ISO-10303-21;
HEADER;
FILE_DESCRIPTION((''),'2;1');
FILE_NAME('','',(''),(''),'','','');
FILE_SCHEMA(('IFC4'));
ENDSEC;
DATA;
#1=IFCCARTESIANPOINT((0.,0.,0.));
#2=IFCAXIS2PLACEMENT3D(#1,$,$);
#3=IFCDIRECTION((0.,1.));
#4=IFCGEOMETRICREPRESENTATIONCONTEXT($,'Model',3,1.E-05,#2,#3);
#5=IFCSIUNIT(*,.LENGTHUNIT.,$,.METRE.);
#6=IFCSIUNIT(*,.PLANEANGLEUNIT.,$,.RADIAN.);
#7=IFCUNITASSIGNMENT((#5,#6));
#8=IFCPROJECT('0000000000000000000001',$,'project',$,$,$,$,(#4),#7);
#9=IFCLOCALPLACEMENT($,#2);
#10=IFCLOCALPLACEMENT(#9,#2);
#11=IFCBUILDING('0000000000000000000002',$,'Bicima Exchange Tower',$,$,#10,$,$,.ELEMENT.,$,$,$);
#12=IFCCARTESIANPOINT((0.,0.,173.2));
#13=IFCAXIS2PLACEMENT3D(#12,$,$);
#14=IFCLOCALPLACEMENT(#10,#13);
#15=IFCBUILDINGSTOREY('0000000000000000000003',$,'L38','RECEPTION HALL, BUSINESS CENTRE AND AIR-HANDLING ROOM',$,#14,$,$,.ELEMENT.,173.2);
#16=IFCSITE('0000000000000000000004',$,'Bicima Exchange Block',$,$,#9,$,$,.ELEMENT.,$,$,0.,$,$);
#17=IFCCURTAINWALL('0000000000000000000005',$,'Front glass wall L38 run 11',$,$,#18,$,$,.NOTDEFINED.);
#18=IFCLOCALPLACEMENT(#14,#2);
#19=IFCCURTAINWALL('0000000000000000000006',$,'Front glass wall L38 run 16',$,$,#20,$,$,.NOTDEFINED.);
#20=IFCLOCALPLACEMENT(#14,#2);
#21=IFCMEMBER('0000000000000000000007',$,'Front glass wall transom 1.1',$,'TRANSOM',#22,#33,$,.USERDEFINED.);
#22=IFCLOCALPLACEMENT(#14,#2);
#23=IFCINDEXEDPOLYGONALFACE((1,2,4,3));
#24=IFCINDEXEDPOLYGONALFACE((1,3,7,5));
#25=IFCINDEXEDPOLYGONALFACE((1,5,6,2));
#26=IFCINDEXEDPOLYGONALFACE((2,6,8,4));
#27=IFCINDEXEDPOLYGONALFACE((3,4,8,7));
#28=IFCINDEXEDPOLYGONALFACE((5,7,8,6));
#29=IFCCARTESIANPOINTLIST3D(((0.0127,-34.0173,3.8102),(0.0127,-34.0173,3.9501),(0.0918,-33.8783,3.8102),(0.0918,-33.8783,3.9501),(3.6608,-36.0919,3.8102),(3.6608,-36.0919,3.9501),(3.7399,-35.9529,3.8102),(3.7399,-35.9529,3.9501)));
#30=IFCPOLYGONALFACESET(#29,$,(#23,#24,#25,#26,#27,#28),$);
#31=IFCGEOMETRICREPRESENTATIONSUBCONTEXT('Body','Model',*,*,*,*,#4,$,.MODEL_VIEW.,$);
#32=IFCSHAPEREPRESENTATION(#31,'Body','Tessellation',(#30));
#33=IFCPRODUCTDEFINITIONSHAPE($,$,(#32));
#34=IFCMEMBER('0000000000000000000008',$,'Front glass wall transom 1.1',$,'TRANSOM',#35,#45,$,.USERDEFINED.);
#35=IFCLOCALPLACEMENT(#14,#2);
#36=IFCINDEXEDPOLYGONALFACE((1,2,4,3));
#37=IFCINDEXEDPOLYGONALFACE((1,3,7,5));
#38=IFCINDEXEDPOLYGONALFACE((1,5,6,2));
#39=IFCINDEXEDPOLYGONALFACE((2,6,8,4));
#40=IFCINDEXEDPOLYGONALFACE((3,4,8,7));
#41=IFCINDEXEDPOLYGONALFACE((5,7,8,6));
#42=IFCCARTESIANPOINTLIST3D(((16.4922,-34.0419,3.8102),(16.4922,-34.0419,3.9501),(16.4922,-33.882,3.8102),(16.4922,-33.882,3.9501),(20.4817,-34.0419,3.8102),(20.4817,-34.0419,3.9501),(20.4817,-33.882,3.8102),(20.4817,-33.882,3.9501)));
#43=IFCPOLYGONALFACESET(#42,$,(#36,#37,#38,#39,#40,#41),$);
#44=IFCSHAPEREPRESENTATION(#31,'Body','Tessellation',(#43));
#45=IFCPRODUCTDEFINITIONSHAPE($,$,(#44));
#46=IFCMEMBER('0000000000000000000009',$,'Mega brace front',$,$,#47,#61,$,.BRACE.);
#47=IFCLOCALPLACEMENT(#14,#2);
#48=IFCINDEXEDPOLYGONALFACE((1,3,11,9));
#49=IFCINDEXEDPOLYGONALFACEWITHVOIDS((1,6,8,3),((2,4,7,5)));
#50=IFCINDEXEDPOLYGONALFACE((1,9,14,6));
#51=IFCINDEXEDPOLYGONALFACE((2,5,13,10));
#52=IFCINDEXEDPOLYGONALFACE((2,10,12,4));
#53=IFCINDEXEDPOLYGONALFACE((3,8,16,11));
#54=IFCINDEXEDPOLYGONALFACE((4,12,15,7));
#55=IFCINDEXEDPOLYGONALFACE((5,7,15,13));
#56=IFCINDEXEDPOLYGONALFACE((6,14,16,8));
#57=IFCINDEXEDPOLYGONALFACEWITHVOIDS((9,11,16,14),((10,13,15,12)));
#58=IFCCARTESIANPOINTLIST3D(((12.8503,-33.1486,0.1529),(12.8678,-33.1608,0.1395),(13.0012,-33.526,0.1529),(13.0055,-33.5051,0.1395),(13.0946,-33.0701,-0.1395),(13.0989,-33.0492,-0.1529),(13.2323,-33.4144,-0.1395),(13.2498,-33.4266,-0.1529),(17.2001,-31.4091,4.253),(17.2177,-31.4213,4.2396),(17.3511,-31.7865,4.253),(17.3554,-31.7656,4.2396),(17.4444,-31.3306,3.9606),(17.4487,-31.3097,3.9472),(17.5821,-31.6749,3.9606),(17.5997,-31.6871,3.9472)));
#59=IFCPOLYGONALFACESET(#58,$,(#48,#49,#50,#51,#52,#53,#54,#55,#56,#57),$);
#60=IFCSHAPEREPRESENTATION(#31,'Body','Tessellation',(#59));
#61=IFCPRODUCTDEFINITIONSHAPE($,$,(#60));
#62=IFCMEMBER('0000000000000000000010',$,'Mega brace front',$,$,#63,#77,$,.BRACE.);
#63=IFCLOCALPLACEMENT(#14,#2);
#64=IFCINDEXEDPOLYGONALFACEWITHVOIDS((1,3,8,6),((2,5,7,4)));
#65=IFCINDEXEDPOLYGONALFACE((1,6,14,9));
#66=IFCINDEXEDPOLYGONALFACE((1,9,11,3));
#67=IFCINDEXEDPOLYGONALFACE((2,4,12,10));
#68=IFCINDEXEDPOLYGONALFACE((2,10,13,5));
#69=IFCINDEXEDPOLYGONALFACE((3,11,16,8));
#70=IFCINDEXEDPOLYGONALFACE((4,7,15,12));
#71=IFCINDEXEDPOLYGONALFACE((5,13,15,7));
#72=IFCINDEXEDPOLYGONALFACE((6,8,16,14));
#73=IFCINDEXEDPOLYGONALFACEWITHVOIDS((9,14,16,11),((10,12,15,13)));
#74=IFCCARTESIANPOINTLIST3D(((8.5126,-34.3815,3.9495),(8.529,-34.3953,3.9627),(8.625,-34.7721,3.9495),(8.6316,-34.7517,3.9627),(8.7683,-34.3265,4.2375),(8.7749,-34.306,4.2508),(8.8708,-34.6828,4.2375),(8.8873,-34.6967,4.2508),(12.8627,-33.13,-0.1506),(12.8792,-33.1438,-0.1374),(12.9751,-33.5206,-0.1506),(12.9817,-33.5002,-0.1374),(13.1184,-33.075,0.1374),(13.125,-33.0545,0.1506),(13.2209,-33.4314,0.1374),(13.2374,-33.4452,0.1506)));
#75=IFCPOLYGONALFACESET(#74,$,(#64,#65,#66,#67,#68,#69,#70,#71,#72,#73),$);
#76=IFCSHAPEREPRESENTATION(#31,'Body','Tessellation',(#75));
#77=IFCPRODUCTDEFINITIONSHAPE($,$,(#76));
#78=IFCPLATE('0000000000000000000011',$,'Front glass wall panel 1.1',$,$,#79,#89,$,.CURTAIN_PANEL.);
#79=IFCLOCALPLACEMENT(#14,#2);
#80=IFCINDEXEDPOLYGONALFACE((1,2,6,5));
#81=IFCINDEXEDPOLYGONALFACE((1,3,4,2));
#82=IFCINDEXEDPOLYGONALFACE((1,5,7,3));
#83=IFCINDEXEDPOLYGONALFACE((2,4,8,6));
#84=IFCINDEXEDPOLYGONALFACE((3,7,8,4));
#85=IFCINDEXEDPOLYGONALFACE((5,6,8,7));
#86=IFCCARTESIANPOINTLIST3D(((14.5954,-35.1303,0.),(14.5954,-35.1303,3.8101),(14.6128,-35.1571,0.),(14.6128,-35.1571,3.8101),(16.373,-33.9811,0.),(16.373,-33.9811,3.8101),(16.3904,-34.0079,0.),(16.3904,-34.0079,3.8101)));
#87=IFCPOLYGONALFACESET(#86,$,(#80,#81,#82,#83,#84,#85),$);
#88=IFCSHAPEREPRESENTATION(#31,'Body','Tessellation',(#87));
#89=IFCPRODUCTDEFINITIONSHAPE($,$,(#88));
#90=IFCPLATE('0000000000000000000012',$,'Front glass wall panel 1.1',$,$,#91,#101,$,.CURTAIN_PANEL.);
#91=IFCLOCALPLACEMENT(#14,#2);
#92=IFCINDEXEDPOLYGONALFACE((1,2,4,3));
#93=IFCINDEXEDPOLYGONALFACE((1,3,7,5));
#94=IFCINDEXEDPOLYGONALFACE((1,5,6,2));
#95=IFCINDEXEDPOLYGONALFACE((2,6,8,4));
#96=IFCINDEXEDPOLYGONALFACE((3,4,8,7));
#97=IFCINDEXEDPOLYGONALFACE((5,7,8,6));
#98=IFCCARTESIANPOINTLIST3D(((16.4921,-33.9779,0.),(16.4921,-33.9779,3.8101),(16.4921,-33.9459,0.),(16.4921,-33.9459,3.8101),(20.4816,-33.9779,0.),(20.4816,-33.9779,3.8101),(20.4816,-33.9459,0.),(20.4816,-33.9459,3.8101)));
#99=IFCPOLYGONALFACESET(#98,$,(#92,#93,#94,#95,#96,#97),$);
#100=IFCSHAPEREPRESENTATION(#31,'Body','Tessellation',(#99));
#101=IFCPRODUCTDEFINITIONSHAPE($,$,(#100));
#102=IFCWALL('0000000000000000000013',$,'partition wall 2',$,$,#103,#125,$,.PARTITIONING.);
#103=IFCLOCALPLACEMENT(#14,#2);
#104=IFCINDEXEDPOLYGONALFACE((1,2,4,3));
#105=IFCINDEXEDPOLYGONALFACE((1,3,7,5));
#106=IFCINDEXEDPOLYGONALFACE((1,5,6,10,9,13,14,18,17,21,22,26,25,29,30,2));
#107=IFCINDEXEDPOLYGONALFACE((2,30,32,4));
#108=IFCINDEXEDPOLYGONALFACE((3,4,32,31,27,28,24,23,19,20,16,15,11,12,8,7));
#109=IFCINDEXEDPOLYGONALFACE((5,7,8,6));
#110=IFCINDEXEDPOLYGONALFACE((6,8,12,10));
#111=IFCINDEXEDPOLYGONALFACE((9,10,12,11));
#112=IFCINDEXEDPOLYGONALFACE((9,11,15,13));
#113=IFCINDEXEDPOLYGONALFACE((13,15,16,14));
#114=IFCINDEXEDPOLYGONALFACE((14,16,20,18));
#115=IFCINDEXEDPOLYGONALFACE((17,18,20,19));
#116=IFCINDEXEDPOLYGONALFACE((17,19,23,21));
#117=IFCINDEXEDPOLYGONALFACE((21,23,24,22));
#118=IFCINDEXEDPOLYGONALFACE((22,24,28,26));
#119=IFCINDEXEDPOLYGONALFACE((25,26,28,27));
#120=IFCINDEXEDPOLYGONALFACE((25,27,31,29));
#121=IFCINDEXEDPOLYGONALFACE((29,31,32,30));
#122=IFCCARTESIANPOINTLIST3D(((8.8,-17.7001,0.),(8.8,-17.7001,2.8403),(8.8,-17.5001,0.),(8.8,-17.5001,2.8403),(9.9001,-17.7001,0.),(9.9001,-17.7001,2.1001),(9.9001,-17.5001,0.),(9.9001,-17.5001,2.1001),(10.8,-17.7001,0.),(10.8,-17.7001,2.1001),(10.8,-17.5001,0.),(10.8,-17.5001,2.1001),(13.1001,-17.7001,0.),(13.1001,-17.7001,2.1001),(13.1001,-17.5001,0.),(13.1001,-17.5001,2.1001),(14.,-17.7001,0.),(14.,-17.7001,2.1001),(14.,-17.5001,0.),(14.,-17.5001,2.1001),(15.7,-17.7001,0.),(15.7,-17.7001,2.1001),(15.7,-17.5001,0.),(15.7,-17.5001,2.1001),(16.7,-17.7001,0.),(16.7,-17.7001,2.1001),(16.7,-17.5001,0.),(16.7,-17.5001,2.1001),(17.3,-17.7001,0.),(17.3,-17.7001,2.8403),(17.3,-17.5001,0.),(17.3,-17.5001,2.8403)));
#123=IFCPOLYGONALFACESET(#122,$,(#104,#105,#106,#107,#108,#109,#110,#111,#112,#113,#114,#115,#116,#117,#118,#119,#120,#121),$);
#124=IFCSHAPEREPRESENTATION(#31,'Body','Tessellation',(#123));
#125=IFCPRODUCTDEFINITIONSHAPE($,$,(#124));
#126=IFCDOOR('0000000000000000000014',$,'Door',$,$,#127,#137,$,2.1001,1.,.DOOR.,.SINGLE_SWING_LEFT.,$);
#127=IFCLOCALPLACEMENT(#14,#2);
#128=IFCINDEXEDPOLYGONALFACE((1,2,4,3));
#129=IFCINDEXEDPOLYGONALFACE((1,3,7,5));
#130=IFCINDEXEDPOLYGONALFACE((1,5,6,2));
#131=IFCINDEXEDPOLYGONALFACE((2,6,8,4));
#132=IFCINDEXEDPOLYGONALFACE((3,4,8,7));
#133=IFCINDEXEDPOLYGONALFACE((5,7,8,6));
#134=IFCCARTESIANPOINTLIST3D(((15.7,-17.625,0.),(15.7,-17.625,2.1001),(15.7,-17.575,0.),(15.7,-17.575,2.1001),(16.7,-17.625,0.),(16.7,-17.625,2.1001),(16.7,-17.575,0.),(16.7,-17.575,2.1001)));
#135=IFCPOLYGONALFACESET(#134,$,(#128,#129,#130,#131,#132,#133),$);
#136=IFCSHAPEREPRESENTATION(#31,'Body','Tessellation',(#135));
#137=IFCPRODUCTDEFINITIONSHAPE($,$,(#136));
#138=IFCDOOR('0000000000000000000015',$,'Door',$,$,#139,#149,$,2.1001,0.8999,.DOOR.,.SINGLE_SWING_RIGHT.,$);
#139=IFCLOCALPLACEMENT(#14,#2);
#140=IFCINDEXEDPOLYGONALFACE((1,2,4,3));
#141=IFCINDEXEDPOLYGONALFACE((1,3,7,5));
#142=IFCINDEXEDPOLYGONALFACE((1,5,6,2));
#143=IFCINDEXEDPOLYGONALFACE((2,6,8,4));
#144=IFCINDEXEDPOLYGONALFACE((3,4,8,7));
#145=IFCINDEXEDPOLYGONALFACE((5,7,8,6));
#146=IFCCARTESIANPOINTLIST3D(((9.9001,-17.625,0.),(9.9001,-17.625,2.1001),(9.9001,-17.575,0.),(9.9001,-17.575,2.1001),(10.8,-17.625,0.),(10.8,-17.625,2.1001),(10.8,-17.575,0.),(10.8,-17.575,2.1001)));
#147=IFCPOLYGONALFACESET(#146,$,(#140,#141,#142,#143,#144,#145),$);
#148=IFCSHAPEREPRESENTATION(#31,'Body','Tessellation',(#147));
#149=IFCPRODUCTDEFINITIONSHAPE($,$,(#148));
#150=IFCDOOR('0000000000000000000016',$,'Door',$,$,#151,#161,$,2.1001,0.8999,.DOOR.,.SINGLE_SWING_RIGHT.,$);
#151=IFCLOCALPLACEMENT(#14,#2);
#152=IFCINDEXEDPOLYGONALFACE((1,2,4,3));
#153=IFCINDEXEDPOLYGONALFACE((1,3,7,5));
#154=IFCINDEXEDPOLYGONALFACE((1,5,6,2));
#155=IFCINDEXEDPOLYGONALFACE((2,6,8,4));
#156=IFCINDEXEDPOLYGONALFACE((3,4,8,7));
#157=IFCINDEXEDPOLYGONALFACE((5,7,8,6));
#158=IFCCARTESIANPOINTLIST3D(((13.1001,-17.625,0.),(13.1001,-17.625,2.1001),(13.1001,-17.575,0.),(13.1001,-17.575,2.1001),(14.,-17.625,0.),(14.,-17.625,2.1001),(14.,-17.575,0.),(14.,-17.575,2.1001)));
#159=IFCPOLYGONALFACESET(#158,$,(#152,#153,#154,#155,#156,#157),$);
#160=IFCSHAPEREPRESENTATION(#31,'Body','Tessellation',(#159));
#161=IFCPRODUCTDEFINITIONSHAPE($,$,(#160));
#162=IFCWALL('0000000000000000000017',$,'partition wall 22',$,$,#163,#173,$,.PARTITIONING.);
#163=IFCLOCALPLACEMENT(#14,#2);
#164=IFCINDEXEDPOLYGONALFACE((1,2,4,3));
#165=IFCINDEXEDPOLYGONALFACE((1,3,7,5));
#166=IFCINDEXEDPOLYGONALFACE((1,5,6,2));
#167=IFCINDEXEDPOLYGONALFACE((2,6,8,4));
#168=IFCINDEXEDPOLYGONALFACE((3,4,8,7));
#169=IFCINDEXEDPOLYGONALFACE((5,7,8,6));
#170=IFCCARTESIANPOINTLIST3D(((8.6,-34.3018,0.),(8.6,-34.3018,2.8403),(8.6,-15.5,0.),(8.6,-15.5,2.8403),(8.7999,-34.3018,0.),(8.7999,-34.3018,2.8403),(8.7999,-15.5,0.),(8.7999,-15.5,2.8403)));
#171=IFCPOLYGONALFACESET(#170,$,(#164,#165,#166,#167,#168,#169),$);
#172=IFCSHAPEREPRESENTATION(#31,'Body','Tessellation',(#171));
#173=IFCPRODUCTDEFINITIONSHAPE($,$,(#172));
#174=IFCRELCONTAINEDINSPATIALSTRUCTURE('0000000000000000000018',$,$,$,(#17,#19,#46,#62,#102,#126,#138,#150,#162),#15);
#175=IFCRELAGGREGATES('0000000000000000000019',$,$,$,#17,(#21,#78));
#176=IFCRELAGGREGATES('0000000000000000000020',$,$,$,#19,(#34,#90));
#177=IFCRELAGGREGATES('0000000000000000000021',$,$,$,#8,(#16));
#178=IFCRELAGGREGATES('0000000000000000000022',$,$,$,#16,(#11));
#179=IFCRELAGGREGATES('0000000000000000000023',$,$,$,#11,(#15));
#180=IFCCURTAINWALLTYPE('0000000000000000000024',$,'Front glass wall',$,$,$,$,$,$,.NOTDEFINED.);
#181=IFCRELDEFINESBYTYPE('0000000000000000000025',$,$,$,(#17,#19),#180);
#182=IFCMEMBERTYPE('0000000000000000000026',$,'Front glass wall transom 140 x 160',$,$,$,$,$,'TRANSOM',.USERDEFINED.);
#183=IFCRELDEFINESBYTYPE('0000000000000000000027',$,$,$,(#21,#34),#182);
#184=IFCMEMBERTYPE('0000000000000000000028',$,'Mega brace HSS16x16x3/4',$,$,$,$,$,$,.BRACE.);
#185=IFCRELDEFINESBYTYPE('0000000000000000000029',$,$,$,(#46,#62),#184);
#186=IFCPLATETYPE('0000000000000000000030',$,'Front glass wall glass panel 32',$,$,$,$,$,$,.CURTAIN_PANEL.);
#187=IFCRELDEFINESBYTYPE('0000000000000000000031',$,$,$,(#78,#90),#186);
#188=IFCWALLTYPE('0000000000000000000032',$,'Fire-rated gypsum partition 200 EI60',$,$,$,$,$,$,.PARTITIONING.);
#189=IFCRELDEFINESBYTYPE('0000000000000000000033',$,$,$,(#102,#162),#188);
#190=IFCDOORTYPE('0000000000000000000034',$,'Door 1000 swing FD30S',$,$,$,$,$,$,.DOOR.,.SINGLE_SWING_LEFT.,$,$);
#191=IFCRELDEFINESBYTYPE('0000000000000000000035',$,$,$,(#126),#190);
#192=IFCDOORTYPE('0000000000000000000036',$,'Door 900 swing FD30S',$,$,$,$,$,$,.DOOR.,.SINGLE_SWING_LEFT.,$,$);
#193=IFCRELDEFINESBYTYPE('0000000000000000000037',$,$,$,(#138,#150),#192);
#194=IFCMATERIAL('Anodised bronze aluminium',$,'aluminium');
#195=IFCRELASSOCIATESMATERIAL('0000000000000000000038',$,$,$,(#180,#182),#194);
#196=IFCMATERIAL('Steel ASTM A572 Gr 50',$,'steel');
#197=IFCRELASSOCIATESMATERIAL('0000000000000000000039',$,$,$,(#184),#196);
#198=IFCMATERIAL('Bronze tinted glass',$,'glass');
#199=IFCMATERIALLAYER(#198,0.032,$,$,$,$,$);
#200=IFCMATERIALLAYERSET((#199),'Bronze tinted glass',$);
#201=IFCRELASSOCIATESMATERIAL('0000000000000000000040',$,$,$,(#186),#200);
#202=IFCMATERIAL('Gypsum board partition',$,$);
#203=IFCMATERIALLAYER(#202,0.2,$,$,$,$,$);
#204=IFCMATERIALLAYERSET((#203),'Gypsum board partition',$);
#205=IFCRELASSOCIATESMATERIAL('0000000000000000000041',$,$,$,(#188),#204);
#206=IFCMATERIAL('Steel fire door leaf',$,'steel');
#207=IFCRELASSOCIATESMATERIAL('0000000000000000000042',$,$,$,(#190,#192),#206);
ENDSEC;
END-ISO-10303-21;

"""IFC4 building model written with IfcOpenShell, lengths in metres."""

from ifc_helpers import new_model, si_unit, direction, frame, frame_2d, origin, origin_2d, place, context, subcontext, project, spatial, rectangle, hollow_rectangle, extrude, material, layer, layer_set, material_profile, profile_set, type_object, element, fill, aggregate, save


model = new_model("IFC4")

# Units and contexts
model_context = context("Model", 3, precision=1e-05, world=origin(), true_north=direction((0.0, 1.0)))
body_context = subcontext(model_context, "Body", "Model", "MODEL_VIEW")
ifc_project = project(units=[si_unit("LENGTHUNIT", "METRE"), si_unit("PLANEANGLEUNIT", "RADIAN")], contexts=[model_context])

# Site, building, storey
site_placement = place(None, origin())
site = spatial("IfcSite", under=ifc_project, at=site_placement, Name="Bicima Exchange Block", CompositionType="ELEMENT", RefElevation=0.0)
building_placement = place(site_placement, origin())
building = spatial("IfcBuilding", under=site, at=building_placement, Name="Bicima Exchange Tower", CompositionType="ELEMENT")
storey_placement = place(building_placement, frame((0.0, 0.0, 173.2)))
storey = spatial("IfcBuildingStorey", under=building, at=storey_placement, Name="L38", Description="RECEPTION HALL, BUSINESS CENTRE AND AIR-HANDLING ROOM", CompositionType="ELEMENT", Elevation=173.2)

# Curtain wall
ifc_material_1 = material(Name="Anodised bronze aluminium", Category="aluminium")
curtain_wall_type = type_object("IfcCurtainWallType", Name="Front glass wall", PredefinedType="NOTDEFINED", material=ifc_material_1)
curtain_wall_1_placement = place(storey_placement, origin())
curtain_wall_1 = element("IfcCurtainWall", 1, at=curtain_wall_1_placement, inside=storey, type_object=curtain_wall_type, Name="Front glass wall L38 run 11", PredefinedType="NOTDEFINED")

# Curtain wall
curtain_wall_2_placement = place(storey_placement, origin())
curtain_wall_2 = element("IfcCurtainWall", 2, at=curtain_wall_2_placement, inside=storey, type_object=curtain_wall_type, Name="Front glass wall L38 run 16", PredefinedType="NOTDEFINED")

# Members
ifc_material_profile_1 = material_profile(ifc_material_1, rectangle(XDim=0.1599, YDim=0.1399, at=origin_2d()))
ifc_profile_set_1 = profile_set([ifc_material_profile_1], Name="Anodised bronze aluminium")
member_type_1 = type_object("IfcMemberType", Name="Front glass wall transom 140 x 160", ElementType="TRANSOM", PredefinedType="USERDEFINED", material=ifc_profile_set_1)
member_1_placement = place(storey_placement, frame((0.0522, -33.9478, 3.8801), z_axis=(0.869265, -0.494346, 0.0), x_axis=(0.494346, 0.869265, 0.0)))
member_1 = element("IfcMember", 3, at=member_1_placement, type_object=member_type_1, Name="Front glass wall transom 1.1", ObjectType="TRANSOM", PredefinedType="USERDEFINED", context=body_context, shape_type="SweptSolid", body=[
    extrude(rectangle(XDim=0.1599, YDim=0.1399, at=origin_2d()), origin(), (0.0, 0.0, 1.0), 4.1968),
])
member_2_placement = place(storey_placement, frame((16.4922, -33.9619, 3.8801), z_axis=(1.0, 0.0, 0.0), x_axis=(0.0, 1.0, 0.0)))
member_2 = element("IfcMember", 4, at=member_2_placement, type_object=member_type_1, Name="Front glass wall transom 1.1", ObjectType="TRANSOM", PredefinedType="USERDEFINED", context=body_context, shape_type="SweptSolid", body=[
    extrude(rectangle(XDim=0.1599, YDim=0.1399, at=origin_2d()), origin(), (0.0, 0.0, 1.0), 3.9895),
])

# Members
ifc_material_2 = material(Name="Steel ASTM A572 Gr 50", Category="steel")
ifc_material_profile_2 = material_profile(ifc_material_2, hollow_rectangle(XDim=0.4065, YDim=0.4065, WallThickness=0.0178, at=origin_2d()))
ifc_profile_set_2 = profile_set([ifc_material_profile_2], Name="Steel ASTM A572 Gr 50")
member_type_2 = type_object("IfcMemberType", Name="Mega brace HSS16x16x3/4", PredefinedType="BRACE", material=ifc_profile_set_2)
member_3_placement = place(storey_placement, frame((13.05, -33.2876, 0.0), z_axis=(0.698706, 0.279412, 0.658588), x_axis=(-0.37131, 0.928509, 0.0)))
element("IfcMember", 5, at=member_3_placement, inside=storey, type_object=member_type_2, Name="Mega brace front", PredefinedType="BRACE", context=body_context, shape_type="SweptSolid", body=[
    extrude(hollow_rectangle(XDim=0.4065, YDim=0.4065, WallThickness=0.0178, at=origin_2d()), origin(), (0.0, 0.0, 1.0), 6.2256),
])
member_4_placement = place(storey_placement, frame((13.05, -33.2876, 0.0), z_axis=(-0.712267, -0.20491, 0.671333), x_axis=(0.276473, -0.961022, 0.0)))
element("IfcMember", 6, at=member_4_placement, inside=storey, type_object=member_type_2, Name="Mega brace front", PredefinedType="BRACE", context=body_context, shape_type="SweptSolid", body=[
    extrude(hollow_rectangle(XDim=0.4065, YDim=0.4065, WallThickness=0.0178, at=origin_2d()), origin(), (0.0, 0.0, 1.0), 6.1074),
])

# Plates
ifc_material_3 = material(Name="Bronze tinted glass", Category="glass")
ifc_layer_1 = layer(ifc_material_3, 0.032)
ifc_layer_set_1 = layer_set([ifc_layer_1], Name="Bronze tinted glass")
plate_type = type_object("IfcPlateType", Name="Front glass wall glass panel 32", PredefinedType="CURTAIN_PANEL", material=ifc_layer_set_1)
plate_1_placement = place(storey_placement, frame((15.4929, -34.5691, 0.0), z_axis=(0.0, 0.0, 1.0), x_axis=(0.839791, 0.542909, 0.0)))
plate_1 = element("IfcPlate", 7, at=plate_1_placement, type_object=plate_type, Name="Front glass wall panel 1.1", PredefinedType="CURTAIN_PANEL", context=body_context, shape_type="SweptSolid", body=[
    extrude(rectangle(XDim=2.1167, YDim=0.032, at=origin_2d()), origin(), (0.0, 0.0, 1.0), 3.8101),
])
aggregate(curtain_wall_1, [member_1, plate_1])
plate_2_placement = place(storey_placement, frame((18.4868, -33.9619, 0.0), z_axis=(0.0, 0.0, 1.0), x_axis=(1.0, 0.0, 0.0)))
plate_2 = element("IfcPlate", 8, at=plate_2_placement, type_object=plate_type, Name="Front glass wall panel 1.1", PredefinedType="CURTAIN_PANEL", context=body_context, shape_type="SweptSolid", body=[
    extrude(rectangle(XDim=3.9895, YDim=0.032, at=origin_2d()), origin(), (0.0, 0.0, 1.0), 3.8101),
])
aggregate(curtain_wall_2, [member_2, plate_2])

# Wall, openings, doors
ifc_material_4 = material(Name="Gypsum board partition")
ifc_layer_2 = layer(ifc_material_4, 0.2)
ifc_layer_set_2 = layer_set([ifc_layer_2], Name="Gypsum board partition")
wall_type_1 = type_object("IfcWallType", Name="Fire-rated gypsum partition 200 EI60", PredefinedType="PARTITIONING", material=ifc_layer_set_2)
wall_1_placement = place(storey_placement, frame((8.8, -17.6001, 0.0), z_axis=(0.0, 0.0, 1.0), x_axis=(1.0, 0.0, 0.0)))
wall_1 = element("IfcWall", 9, at=wall_1_placement, inside=storey, type_object=wall_type_1, Name="partition wall 2", PredefinedType="PARTITIONING", context=body_context, shape_type="SweptSolid", body=[
    extrude(rectangle(XDim=8.5, YDim=0.2, at=frame_2d((4.25, 0.0))), origin(), (0.0, 0.0, 1.0), 2.8403),
])
opening_1_placement = place(wall_1_placement, frame((1.1001, 0.0, 0.0)))
opening_1 = element("IfcOpeningElement", 10, at=opening_1_placement, cuts=wall_1, PredefinedType="OPENING", context=body_context, shape_type="SweptSolid", body=[
    extrude(rectangle(XDim=0.8999, YDim=2.1001, at=frame_2d((0.45, 1.05))), frame((0.0, 0.1118, 0.0), z_axis=(0.0, -1.0, 0.0), x_axis=(1.0, 0.0, 0.0)), (0.0, 0.0, 1.0), 0.2239),
])
opening_2_placement = place(wall_1_placement, frame((4.3, 0.0, 0.0)))
opening_2 = element("IfcOpeningElement", 11, at=opening_2_placement, cuts=wall_1, PredefinedType="OPENING", context=body_context, shape_type="SweptSolid", body=[
    extrude(rectangle(XDim=0.8999, YDim=2.1001, at=frame_2d((0.45, 1.05))), frame((0.0, 0.1118, 0.0), z_axis=(0.0, -1.0, 0.0), x_axis=(1.0, 0.0, 0.0)), (0.0, 0.0, 1.0), 0.2239),
])
opening_3_placement = place(wall_1_placement, frame((6.8999, 0.0, 0.0)))
opening_3 = element("IfcOpeningElement", 12, at=opening_3_placement, cuts=wall_1, PredefinedType="OPENING", context=body_context, shape_type="SweptSolid", body=[
    extrude(rectangle(XDim=1.0, YDim=2.1001, at=frame_2d((0.5, 1.05))), frame((0.0, 0.1118, 0.0), z_axis=(0.0, -1.0, 0.0), x_axis=(1.0, 0.0, 0.0)), (0.0, 0.0, 1.0), 0.2239),
])
ifc_material_5 = material(Name="Steel fire door leaf", Category="steel")
door_type_1 = type_object("IfcDoorType", Name="Door 1000 swing FD30S", OperationType="SINGLE_SWING_LEFT", PredefinedType="DOOR", material=ifc_material_5)
door_1_placement = place(opening_3_placement, frame((1.0, 0.0, 0.0), z_axis=(0.0, 0.0, 1.0), x_axis=(-1.0, 0.0, 0.0)))
door_1 = element("IfcDoor", 13, at=door_1_placement, inside=storey, type_object=door_type_1, Name="Door", OperationType="SINGLE_SWING_LEFT", OverallHeight=2.1001, OverallWidth=1.0, PredefinedType="DOOR", context=body_context, shape_type="SweptSolid", body=[
    extrude(rectangle(XDim=1.0, YDim=2.1001, at=frame_2d((0.5, 1.05))), frame((0.0, 0.0249, 0.0), z_axis=(0.0, -1.0, 0.0), x_axis=(1.0, 0.0, 0.0)), (0.0, 0.0, 1.0), 0.05),
])
fill(opening_3, door_1)
door_type_2 = type_object("IfcDoorType", Name="Door 900 swing FD30S", OperationType="SINGLE_SWING_LEFT", PredefinedType="DOOR", material=ifc_material_5)
door_2_placement = place(opening_1_placement, frame((0.8999, 0.0, 0.0), z_axis=(0.0, 0.0, 1.0), x_axis=(-1.0, 0.0, 0.0)))
door_2 = element("IfcDoor", 14, at=door_2_placement, inside=storey, type_object=door_type_2, Name="Door", OperationType="SINGLE_SWING_RIGHT", OverallHeight=2.1001, OverallWidth=0.8999, PredefinedType="DOOR", context=body_context, shape_type="SweptSolid", body=[
    extrude(rectangle(XDim=0.8999, YDim=2.1001, at=frame_2d((0.45, 1.05))), frame((0.0, 0.0249, 0.0), z_axis=(0.0, -1.0, 0.0), x_axis=(1.0, 0.0, 0.0)), (0.0, 0.0, 1.0), 0.05),
])
fill(opening_1, door_2)
door_3_placement = place(opening_2_placement, frame((0.8999, 0.0, 0.0), z_axis=(0.0, 0.0, 1.0), x_axis=(-1.0, 0.0, 0.0)))
door_3 = element("IfcDoor", 15, at=door_3_placement, inside=storey, type_object=door_type_2, Name="Door", OperationType="SINGLE_SWING_RIGHT", OverallHeight=2.1001, OverallWidth=0.8999, PredefinedType="DOOR", context=body_context, shape_type="SweptSolid", body=[
    extrude(rectangle(XDim=0.8999, YDim=2.1001, at=frame_2d((0.45, 1.05))), frame((0.0, 0.0249, 0.0), z_axis=(0.0, -1.0, 0.0), x_axis=(1.0, 0.0, 0.0)), (0.0, 0.0, 1.0), 0.05),
])
fill(opening_2, door_3)

# Wall
wall_2_placement = place(storey_placement, frame((8.7, -34.3018, 0.0), z_axis=(0.0, 0.0, 1.0), x_axis=(0.0, 1.0, 0.0)))
element("IfcWall", 16, at=wall_2_placement, inside=storey, type_object=wall_type_1, Name="partition wall 22", PredefinedType="PARTITIONING", context=body_context, shape_type="SweptSolid", body=[
    extrude(rectangle(XDim=18.8018, YDim=0.2, at=frame_2d((9.4009, 0.0))), origin(), (0.0, 0.0, 1.0), 2.8403),
])

save(model, "model.ifc")
